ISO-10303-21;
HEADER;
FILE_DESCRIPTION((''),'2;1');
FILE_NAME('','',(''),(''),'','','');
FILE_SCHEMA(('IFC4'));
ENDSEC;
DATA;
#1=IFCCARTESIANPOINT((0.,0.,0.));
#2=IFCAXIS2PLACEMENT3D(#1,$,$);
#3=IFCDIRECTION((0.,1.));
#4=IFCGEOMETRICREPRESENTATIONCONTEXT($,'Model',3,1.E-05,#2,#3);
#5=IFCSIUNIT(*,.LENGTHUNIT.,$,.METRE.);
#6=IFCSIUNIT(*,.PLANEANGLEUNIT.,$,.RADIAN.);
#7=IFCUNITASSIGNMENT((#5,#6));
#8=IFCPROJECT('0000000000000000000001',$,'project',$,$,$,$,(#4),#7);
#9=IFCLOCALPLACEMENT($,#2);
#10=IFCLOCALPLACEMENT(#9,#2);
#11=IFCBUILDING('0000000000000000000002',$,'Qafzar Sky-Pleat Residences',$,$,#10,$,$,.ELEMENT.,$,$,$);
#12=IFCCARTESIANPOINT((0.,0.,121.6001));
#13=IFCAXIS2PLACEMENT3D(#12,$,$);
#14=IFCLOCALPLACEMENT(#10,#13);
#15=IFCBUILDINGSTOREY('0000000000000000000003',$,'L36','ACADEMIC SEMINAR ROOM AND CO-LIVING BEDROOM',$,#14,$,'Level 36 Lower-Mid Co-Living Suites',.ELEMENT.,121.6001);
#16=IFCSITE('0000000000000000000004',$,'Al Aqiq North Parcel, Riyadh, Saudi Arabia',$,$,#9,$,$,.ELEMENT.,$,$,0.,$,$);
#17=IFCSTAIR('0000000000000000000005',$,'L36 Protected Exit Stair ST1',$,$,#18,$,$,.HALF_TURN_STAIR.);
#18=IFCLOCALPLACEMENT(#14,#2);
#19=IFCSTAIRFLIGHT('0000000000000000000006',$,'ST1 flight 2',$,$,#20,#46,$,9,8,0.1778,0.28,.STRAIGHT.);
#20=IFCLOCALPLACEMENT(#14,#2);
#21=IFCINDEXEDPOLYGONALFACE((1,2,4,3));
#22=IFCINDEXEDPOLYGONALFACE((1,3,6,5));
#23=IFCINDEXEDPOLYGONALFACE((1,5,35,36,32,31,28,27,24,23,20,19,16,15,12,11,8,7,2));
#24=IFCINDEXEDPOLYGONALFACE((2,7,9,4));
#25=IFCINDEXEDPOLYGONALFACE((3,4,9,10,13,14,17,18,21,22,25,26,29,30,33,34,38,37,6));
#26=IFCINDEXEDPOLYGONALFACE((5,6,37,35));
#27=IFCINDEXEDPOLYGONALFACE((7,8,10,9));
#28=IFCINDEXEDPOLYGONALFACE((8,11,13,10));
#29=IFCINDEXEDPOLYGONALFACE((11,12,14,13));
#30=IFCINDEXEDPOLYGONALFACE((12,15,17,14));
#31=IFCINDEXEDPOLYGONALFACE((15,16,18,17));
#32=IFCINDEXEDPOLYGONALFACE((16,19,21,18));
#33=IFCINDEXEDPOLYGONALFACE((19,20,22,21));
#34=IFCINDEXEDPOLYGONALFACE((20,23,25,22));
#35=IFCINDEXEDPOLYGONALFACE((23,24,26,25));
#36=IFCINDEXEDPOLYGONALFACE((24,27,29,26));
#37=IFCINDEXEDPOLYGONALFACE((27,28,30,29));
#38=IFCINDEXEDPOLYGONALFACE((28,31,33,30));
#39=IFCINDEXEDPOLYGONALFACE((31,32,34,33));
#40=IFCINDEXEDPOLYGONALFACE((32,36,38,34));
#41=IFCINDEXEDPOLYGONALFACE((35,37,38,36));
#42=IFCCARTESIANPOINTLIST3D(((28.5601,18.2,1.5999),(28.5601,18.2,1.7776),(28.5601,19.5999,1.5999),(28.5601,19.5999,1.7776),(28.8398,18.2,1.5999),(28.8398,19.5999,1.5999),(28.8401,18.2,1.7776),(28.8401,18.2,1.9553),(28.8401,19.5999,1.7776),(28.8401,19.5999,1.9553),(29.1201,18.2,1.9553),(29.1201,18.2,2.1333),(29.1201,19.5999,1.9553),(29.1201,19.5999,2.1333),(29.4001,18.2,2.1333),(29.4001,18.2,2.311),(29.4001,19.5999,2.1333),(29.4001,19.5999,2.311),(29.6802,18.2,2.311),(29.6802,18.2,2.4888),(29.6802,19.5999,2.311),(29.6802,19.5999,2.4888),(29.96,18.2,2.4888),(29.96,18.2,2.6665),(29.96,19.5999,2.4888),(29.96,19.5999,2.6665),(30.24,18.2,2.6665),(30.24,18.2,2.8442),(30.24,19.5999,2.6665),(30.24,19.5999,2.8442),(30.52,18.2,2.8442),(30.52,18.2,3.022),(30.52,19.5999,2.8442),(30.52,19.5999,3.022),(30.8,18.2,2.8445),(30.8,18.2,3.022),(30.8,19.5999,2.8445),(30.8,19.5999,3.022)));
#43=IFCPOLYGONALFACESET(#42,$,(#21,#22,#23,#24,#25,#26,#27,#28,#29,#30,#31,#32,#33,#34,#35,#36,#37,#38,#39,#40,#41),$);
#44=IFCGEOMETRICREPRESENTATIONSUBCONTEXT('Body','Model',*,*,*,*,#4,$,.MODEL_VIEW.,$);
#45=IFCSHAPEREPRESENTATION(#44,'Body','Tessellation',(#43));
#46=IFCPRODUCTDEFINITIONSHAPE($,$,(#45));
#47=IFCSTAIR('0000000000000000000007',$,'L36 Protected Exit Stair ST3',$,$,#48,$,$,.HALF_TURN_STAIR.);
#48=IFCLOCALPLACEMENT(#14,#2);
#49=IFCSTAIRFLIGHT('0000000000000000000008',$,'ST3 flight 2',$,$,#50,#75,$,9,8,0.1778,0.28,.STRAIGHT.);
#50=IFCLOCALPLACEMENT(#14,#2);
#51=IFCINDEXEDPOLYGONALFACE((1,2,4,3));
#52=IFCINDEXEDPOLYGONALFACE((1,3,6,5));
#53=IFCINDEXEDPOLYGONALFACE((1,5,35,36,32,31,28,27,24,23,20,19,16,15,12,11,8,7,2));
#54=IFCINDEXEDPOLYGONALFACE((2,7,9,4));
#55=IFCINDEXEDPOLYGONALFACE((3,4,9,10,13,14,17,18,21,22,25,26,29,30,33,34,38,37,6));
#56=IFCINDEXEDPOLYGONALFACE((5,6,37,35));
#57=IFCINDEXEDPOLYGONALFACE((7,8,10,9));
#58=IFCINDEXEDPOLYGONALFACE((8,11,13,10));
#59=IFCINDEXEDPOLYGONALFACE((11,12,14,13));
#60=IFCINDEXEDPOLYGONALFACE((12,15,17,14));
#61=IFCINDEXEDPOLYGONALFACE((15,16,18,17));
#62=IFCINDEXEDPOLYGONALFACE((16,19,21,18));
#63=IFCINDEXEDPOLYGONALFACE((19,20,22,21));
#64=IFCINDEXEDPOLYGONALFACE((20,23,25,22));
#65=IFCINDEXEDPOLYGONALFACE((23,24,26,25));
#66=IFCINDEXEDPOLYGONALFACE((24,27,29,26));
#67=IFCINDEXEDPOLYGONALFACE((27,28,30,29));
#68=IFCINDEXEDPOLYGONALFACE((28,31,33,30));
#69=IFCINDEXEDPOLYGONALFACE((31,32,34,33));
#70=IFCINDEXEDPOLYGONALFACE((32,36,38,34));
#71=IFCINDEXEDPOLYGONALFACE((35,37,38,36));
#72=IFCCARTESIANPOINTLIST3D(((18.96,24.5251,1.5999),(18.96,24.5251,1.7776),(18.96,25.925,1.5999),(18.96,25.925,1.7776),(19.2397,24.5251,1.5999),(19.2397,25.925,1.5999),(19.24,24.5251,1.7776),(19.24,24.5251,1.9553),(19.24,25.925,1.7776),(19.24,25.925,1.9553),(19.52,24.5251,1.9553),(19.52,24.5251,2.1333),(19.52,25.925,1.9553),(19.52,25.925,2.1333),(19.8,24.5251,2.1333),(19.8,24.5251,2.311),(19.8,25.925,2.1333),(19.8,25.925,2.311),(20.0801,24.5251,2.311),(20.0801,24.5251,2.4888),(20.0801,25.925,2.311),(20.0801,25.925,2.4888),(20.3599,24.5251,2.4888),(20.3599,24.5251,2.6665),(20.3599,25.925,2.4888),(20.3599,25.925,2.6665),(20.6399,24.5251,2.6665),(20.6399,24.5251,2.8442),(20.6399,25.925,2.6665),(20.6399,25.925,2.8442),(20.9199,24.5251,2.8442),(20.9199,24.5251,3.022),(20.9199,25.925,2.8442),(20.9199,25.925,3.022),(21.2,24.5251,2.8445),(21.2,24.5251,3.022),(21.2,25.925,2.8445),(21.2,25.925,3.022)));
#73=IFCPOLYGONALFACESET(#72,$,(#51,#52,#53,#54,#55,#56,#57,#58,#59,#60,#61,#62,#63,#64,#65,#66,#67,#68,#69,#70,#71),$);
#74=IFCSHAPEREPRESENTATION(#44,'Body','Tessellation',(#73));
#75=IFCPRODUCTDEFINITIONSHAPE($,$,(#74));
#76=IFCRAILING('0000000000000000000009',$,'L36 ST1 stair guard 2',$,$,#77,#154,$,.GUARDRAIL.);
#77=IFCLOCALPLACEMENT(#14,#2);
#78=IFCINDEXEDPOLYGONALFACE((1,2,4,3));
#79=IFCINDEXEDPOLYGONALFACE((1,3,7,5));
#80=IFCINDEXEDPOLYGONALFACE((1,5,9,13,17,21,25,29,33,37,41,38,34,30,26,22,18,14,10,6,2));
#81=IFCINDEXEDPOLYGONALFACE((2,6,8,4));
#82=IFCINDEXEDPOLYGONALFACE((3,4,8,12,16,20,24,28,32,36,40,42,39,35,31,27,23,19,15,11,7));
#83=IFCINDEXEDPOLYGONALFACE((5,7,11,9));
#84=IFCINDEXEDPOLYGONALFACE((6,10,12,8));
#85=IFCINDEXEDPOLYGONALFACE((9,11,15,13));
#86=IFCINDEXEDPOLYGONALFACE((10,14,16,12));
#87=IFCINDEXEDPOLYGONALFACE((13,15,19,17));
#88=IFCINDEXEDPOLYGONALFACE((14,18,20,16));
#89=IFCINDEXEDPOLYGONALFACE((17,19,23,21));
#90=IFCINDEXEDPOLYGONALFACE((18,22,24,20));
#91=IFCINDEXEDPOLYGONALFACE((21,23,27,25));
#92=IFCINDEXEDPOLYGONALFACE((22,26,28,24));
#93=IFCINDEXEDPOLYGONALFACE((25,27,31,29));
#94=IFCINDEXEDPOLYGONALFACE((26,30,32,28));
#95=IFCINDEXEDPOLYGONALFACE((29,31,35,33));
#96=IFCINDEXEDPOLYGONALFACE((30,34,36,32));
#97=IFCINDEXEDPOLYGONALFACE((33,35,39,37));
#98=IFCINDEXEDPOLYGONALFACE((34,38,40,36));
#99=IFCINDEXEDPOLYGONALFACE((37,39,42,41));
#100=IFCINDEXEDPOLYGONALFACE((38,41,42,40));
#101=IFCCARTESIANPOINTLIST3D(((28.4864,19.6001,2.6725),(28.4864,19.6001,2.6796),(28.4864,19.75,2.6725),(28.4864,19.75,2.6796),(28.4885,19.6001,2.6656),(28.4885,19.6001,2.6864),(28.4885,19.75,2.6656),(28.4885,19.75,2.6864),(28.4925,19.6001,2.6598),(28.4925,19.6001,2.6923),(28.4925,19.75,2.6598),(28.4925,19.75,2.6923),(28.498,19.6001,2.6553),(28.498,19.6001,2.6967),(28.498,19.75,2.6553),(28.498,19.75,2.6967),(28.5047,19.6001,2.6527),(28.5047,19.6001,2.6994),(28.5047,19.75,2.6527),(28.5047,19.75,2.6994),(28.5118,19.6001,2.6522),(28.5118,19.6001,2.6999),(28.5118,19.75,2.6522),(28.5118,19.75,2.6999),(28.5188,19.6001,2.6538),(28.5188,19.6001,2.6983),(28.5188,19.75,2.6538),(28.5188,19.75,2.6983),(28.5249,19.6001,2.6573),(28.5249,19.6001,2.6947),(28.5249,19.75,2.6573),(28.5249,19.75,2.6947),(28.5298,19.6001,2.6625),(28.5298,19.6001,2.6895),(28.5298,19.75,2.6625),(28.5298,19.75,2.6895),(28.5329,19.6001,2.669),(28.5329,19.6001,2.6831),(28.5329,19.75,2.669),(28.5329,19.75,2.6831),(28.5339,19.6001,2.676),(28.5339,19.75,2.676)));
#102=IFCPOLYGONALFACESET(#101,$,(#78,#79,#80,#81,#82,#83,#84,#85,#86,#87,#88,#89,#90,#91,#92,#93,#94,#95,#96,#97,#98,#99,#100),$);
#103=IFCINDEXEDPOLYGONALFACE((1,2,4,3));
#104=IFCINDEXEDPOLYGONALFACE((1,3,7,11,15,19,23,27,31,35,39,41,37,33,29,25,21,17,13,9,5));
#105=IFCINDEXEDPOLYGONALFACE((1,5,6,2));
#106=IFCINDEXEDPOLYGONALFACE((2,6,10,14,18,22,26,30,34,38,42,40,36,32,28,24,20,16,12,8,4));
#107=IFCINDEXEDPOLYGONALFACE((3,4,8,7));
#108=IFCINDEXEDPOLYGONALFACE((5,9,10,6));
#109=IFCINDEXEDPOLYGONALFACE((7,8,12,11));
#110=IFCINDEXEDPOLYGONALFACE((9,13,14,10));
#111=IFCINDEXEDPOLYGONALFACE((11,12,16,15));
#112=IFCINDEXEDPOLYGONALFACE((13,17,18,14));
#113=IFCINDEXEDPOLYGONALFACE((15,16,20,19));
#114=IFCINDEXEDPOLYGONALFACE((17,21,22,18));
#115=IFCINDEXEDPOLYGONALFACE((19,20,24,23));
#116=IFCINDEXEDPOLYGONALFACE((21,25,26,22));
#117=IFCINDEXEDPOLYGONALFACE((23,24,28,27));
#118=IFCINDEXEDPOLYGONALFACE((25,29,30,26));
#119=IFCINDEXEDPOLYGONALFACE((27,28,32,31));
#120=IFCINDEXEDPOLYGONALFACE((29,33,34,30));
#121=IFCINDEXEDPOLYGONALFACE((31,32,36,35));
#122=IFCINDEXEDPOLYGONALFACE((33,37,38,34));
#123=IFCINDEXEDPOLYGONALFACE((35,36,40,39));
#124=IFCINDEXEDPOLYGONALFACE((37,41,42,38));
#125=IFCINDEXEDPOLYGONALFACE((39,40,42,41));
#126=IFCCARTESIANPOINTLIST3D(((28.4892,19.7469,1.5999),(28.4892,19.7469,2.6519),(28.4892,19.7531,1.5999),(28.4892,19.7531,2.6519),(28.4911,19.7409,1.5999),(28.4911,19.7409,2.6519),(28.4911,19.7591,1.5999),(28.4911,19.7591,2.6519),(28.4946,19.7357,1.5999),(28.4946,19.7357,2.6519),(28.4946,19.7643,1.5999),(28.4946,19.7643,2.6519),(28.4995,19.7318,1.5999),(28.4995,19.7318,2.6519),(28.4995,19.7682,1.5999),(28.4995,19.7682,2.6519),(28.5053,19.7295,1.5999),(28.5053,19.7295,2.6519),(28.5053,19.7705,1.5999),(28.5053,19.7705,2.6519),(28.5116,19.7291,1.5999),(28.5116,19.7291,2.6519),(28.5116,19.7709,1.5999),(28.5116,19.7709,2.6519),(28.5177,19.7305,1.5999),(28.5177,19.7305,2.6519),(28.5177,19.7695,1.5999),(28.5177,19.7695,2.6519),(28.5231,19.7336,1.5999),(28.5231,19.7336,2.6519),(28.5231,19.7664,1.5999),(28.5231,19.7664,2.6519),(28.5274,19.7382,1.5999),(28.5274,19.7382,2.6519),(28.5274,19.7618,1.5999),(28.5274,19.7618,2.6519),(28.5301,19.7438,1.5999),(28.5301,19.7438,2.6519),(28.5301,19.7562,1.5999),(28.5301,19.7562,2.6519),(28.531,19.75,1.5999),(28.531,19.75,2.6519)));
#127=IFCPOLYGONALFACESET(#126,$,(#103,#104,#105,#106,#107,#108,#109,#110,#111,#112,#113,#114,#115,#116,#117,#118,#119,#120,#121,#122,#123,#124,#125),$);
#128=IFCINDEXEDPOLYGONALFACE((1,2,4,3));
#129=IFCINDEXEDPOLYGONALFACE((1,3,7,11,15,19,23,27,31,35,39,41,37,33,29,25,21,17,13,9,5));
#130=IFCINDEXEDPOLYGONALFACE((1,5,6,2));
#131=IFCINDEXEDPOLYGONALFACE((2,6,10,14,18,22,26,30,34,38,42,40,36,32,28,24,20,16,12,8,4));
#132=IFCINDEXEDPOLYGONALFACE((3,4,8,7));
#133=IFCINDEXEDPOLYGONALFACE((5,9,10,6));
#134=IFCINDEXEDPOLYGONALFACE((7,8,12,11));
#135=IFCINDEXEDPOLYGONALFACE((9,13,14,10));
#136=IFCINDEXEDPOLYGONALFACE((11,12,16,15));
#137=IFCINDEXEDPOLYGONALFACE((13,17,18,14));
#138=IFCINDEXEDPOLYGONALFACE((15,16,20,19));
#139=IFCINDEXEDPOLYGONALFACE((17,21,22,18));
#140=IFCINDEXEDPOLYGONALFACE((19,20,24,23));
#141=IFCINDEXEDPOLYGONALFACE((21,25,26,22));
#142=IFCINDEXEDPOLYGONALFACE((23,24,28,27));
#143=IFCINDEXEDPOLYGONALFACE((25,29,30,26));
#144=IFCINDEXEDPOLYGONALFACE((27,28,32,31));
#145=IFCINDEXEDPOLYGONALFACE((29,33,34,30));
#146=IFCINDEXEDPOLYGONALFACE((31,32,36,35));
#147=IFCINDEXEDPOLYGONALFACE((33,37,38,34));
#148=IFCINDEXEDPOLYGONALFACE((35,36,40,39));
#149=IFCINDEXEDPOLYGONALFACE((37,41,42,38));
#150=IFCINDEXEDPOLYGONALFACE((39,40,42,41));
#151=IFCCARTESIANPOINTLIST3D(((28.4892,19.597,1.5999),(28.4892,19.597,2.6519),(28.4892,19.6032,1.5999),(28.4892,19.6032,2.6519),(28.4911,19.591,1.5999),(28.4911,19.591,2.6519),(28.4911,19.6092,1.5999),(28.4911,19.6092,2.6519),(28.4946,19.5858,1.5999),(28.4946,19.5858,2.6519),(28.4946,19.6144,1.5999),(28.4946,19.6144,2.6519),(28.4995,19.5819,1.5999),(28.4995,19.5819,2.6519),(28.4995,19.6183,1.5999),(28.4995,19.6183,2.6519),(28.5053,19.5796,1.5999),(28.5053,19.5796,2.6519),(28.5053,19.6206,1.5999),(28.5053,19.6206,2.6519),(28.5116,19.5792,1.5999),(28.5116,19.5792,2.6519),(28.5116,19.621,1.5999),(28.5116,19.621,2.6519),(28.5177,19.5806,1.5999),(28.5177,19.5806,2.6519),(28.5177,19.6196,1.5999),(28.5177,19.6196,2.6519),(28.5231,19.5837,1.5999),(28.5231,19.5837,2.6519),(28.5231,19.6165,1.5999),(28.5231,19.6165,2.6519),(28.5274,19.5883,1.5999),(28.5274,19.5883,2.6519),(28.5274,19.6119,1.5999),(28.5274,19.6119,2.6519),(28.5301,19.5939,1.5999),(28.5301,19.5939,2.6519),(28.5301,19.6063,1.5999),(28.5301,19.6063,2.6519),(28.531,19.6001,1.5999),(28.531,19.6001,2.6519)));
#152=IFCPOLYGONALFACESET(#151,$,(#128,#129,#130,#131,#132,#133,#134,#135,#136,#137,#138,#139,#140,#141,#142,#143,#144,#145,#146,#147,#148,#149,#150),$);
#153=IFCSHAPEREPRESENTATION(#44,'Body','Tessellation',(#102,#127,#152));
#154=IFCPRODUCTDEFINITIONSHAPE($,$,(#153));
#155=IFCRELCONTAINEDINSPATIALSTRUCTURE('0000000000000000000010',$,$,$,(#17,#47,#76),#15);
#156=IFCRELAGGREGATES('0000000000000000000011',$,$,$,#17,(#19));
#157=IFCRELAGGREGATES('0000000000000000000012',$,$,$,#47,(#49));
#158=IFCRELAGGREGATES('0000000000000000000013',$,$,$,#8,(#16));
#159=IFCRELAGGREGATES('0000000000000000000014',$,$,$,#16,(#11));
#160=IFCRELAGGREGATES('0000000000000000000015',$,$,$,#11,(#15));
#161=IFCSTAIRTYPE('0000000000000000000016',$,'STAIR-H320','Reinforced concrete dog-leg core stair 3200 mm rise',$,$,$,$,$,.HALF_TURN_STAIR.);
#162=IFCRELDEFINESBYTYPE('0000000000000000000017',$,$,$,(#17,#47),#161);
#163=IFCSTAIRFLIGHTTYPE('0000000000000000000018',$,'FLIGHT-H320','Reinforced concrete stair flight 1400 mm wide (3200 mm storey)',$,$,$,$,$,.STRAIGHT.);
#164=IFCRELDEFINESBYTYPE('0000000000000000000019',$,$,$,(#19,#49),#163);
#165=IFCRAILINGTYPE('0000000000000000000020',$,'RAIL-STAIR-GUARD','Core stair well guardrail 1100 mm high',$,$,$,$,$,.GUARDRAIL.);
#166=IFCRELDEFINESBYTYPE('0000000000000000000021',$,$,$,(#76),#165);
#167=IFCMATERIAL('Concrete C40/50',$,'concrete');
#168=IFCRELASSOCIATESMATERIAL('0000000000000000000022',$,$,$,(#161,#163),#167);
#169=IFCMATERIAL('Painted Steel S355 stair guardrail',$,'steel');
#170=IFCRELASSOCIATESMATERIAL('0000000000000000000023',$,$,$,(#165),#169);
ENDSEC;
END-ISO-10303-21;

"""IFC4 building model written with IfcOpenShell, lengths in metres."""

from ifc_helpers import new_model, si_unit, direction, frame, origin, origin_2d, place, context, subcontext, project, spatial, polyline, circle, outline, extrude, source, transform, mapped, material, type_object, element, aggregate, save


model = new_model("IFC4")

# Units and contexts
model_context = context("Model", 3, precision=1e-05, world=origin(), true_north=direction((0.0, 1.0)))
body_context = subcontext(model_context, "Body", "Model", "MODEL_VIEW")
ifc_project = project(units=[si_unit("LENGTHUNIT", "METRE"), si_unit("PLANEANGLEUNIT", "RADIAN")], contexts=[model_context])

# Site, building, storey
site_placement = place(None, origin())
site = spatial("IfcSite", under=ifc_project, at=site_placement, Name="Al Aqiq North Parcel, Riyadh, Saudi Arabia", CompositionType="ELEMENT", RefElevation=0.0)
building_placement = place(site_placement, origin())
building = spatial("IfcBuilding", under=site, at=building_placement, Name="Qafzar Sky-Pleat Residences", CompositionType="ELEMENT")
storey_placement = place(building_placement, frame((0.0, 0.0, 121.6001)))
storey = spatial("IfcBuildingStorey", under=building, at=storey_placement, Name="L36", Description="ACADEMIC SEMINAR ROOM AND CO-LIVING BEDROOM", LongName="Level 36 Lower-Mid Co-Living Suites", CompositionType="ELEMENT", Elevation=121.6001)

# Stairs, stair flights
ifc_material_1 = material(Name="Concrete C40/50", Category="concrete")
stair_type = type_object("IfcStairType", Name="STAIR-H320", Description="Reinforced concrete dog-leg core stair 3200 mm rise", PredefinedType="HALF_TURN_STAIR", material=ifc_material_1)
stair_1_placement = place(storey_placement, origin())
stair_1 = element("IfcStair", 1, at=stair_1_placement, inside=storey, type_object=stair_type, Name="L36 Protected Exit Stair ST1", PredefinedType="HALF_TURN_STAIR")
stair_flight_type = type_object("IfcStairFlightType", Name="FLIGHT-H320", Description="Reinforced concrete stair flight 1400 mm wide (3200 mm storey)", PredefinedType="STRAIGHT", material=ifc_material_1)
shared_shape_1 = source(origin(), body_context, "Body", "SweptSolid", [
    extrude(outline(polyline([(0.0, 0.0), (0.0, 0.1777), (0.28, 0.1777), (0.28, 0.3555), (0.5601, 0.3555), (0.5601, 0.5334), (0.8401, 0.5334), (0.8401, 0.7112), (1.1201, 0.7112), (1.1201, 0.8889), (1.3999, 0.8889), (1.3999, 1.0667), (1.6799, 1.0667), (1.6799, 1.2444), (1.96, 1.2444), (1.96, 1.4221), (2.24, 1.4221), (2.24, 1.6001), (2.24, 1.2446), (0.2798, 0.0), (0.0, 0.0)])), frame((0.0, 0.7, 0.0), z_axis=(0.0, -1.0, 0.0), x_axis=(1.0, 0.0, 0.0)), (0.0, 0.0, 1.0), 1.3999),
])
stair_flight_1_placement = place(storey_placement, frame((28.5601, 18.8999, 1.5999), z_axis=(0.0, 0.0, 1.0), x_axis=(1.0, 0.0, 0.0)))
stair_flight_1 = element("IfcStairFlight", 2, at=stair_flight_1_placement, type_object=stair_flight_type, Name="ST1 flight 2", NumberOfRisers=9, NumberOfTreads=8, PredefinedType="STRAIGHT", RiserHeight=0.1778, TreadLength=0.28, context=body_context, shape_type="MappedRepresentation", body=[
    mapped(shared_shape_1, transform((0.0, 0.0, 0.0), x_axis=(1.0, 0.0, 0.0), y_axis=(0.0, 1.0, 0.0), z_axis=(0.0, 0.0, 1.0), scale=1.0)),
])
aggregate(stair_1, [stair_flight_1])
stair_2_placement = place(storey_placement, origin())
stair_2 = element("IfcStair", 3, at=stair_2_placement, inside=storey, type_object=stair_type, Name="L36 Protected Exit Stair ST3", PredefinedType="HALF_TURN_STAIR")
stair_flight_2_placement = place(storey_placement, frame((18.96, 25.2251, 1.5999), z_axis=(0.0, 0.0, 1.0), x_axis=(1.0, 0.0, 0.0)))
stair_flight_2 = element("IfcStairFlight", 4, at=stair_flight_2_placement, type_object=stair_flight_type, Name="ST3 flight 2", NumberOfRisers=9, NumberOfTreads=8, PredefinedType="STRAIGHT", RiserHeight=0.1778, TreadLength=0.28, context=body_context, shape_type="MappedRepresentation", body=[
    mapped(shared_shape_1, transform((0.0, 0.0, 0.0), x_axis=(1.0, 0.0, 0.0), y_axis=(0.0, 1.0, 0.0), z_axis=(0.0, 0.0, 1.0), scale=1.0)),
])
aggregate(stair_2, [stair_flight_2])

# Railing
ifc_material_2 = material(Name="Painted Steel S355 stair guardrail", Category="steel")
railing_type_1 = type_object("IfcRailingType", Name="RAIL-STAIR-GUARD", Description="Core stair well guardrail 1100 mm high", PredefinedType="GUARDRAIL", material=ifc_material_2)
shared_shape_2 = source(origin(), body_context, "Body", "SweptSolid", [
    extrude(circle(Radius=0.0239, at=origin_2d()), frame((0.0, 0.0, 1.0762), z_axis=(0.0, -1.0, 0.0), x_axis=(1.0, 0.0, 0.0)), (0.0, 0.0, 1.0), 0.1499),
    extrude(circle(Radius=0.021, at=origin_2d()), origin(), (0.0, 0.0, 1.0), 1.052),
    extrude(circle(Radius=0.021, at=origin_2d()), frame((0.0, -0.1499, 0.0)), (0.0, 0.0, 1.0), 1.052),
])
railing_1_placement = place(storey_placement, frame((28.51, 19.75, 1.5999)))
element("IfcRailing", 5, at=railing_1_placement, inside=storey, type_object=railing_type_1, Name="L36 ST1 stair guard 2", PredefinedType="GUARDRAIL", context=body_context, shape_type="MappedRepresentation", body=[
    mapped(shared_shape_2, transform((0.0, 0.0, 0.0), x_axis=(1.0, 0.0, 0.0), y_axis=(0.0, 1.0, 0.0), z_axis=(0.0, 0.0, 1.0), scale=1.0)),
])

save(model, "model.ifc")
